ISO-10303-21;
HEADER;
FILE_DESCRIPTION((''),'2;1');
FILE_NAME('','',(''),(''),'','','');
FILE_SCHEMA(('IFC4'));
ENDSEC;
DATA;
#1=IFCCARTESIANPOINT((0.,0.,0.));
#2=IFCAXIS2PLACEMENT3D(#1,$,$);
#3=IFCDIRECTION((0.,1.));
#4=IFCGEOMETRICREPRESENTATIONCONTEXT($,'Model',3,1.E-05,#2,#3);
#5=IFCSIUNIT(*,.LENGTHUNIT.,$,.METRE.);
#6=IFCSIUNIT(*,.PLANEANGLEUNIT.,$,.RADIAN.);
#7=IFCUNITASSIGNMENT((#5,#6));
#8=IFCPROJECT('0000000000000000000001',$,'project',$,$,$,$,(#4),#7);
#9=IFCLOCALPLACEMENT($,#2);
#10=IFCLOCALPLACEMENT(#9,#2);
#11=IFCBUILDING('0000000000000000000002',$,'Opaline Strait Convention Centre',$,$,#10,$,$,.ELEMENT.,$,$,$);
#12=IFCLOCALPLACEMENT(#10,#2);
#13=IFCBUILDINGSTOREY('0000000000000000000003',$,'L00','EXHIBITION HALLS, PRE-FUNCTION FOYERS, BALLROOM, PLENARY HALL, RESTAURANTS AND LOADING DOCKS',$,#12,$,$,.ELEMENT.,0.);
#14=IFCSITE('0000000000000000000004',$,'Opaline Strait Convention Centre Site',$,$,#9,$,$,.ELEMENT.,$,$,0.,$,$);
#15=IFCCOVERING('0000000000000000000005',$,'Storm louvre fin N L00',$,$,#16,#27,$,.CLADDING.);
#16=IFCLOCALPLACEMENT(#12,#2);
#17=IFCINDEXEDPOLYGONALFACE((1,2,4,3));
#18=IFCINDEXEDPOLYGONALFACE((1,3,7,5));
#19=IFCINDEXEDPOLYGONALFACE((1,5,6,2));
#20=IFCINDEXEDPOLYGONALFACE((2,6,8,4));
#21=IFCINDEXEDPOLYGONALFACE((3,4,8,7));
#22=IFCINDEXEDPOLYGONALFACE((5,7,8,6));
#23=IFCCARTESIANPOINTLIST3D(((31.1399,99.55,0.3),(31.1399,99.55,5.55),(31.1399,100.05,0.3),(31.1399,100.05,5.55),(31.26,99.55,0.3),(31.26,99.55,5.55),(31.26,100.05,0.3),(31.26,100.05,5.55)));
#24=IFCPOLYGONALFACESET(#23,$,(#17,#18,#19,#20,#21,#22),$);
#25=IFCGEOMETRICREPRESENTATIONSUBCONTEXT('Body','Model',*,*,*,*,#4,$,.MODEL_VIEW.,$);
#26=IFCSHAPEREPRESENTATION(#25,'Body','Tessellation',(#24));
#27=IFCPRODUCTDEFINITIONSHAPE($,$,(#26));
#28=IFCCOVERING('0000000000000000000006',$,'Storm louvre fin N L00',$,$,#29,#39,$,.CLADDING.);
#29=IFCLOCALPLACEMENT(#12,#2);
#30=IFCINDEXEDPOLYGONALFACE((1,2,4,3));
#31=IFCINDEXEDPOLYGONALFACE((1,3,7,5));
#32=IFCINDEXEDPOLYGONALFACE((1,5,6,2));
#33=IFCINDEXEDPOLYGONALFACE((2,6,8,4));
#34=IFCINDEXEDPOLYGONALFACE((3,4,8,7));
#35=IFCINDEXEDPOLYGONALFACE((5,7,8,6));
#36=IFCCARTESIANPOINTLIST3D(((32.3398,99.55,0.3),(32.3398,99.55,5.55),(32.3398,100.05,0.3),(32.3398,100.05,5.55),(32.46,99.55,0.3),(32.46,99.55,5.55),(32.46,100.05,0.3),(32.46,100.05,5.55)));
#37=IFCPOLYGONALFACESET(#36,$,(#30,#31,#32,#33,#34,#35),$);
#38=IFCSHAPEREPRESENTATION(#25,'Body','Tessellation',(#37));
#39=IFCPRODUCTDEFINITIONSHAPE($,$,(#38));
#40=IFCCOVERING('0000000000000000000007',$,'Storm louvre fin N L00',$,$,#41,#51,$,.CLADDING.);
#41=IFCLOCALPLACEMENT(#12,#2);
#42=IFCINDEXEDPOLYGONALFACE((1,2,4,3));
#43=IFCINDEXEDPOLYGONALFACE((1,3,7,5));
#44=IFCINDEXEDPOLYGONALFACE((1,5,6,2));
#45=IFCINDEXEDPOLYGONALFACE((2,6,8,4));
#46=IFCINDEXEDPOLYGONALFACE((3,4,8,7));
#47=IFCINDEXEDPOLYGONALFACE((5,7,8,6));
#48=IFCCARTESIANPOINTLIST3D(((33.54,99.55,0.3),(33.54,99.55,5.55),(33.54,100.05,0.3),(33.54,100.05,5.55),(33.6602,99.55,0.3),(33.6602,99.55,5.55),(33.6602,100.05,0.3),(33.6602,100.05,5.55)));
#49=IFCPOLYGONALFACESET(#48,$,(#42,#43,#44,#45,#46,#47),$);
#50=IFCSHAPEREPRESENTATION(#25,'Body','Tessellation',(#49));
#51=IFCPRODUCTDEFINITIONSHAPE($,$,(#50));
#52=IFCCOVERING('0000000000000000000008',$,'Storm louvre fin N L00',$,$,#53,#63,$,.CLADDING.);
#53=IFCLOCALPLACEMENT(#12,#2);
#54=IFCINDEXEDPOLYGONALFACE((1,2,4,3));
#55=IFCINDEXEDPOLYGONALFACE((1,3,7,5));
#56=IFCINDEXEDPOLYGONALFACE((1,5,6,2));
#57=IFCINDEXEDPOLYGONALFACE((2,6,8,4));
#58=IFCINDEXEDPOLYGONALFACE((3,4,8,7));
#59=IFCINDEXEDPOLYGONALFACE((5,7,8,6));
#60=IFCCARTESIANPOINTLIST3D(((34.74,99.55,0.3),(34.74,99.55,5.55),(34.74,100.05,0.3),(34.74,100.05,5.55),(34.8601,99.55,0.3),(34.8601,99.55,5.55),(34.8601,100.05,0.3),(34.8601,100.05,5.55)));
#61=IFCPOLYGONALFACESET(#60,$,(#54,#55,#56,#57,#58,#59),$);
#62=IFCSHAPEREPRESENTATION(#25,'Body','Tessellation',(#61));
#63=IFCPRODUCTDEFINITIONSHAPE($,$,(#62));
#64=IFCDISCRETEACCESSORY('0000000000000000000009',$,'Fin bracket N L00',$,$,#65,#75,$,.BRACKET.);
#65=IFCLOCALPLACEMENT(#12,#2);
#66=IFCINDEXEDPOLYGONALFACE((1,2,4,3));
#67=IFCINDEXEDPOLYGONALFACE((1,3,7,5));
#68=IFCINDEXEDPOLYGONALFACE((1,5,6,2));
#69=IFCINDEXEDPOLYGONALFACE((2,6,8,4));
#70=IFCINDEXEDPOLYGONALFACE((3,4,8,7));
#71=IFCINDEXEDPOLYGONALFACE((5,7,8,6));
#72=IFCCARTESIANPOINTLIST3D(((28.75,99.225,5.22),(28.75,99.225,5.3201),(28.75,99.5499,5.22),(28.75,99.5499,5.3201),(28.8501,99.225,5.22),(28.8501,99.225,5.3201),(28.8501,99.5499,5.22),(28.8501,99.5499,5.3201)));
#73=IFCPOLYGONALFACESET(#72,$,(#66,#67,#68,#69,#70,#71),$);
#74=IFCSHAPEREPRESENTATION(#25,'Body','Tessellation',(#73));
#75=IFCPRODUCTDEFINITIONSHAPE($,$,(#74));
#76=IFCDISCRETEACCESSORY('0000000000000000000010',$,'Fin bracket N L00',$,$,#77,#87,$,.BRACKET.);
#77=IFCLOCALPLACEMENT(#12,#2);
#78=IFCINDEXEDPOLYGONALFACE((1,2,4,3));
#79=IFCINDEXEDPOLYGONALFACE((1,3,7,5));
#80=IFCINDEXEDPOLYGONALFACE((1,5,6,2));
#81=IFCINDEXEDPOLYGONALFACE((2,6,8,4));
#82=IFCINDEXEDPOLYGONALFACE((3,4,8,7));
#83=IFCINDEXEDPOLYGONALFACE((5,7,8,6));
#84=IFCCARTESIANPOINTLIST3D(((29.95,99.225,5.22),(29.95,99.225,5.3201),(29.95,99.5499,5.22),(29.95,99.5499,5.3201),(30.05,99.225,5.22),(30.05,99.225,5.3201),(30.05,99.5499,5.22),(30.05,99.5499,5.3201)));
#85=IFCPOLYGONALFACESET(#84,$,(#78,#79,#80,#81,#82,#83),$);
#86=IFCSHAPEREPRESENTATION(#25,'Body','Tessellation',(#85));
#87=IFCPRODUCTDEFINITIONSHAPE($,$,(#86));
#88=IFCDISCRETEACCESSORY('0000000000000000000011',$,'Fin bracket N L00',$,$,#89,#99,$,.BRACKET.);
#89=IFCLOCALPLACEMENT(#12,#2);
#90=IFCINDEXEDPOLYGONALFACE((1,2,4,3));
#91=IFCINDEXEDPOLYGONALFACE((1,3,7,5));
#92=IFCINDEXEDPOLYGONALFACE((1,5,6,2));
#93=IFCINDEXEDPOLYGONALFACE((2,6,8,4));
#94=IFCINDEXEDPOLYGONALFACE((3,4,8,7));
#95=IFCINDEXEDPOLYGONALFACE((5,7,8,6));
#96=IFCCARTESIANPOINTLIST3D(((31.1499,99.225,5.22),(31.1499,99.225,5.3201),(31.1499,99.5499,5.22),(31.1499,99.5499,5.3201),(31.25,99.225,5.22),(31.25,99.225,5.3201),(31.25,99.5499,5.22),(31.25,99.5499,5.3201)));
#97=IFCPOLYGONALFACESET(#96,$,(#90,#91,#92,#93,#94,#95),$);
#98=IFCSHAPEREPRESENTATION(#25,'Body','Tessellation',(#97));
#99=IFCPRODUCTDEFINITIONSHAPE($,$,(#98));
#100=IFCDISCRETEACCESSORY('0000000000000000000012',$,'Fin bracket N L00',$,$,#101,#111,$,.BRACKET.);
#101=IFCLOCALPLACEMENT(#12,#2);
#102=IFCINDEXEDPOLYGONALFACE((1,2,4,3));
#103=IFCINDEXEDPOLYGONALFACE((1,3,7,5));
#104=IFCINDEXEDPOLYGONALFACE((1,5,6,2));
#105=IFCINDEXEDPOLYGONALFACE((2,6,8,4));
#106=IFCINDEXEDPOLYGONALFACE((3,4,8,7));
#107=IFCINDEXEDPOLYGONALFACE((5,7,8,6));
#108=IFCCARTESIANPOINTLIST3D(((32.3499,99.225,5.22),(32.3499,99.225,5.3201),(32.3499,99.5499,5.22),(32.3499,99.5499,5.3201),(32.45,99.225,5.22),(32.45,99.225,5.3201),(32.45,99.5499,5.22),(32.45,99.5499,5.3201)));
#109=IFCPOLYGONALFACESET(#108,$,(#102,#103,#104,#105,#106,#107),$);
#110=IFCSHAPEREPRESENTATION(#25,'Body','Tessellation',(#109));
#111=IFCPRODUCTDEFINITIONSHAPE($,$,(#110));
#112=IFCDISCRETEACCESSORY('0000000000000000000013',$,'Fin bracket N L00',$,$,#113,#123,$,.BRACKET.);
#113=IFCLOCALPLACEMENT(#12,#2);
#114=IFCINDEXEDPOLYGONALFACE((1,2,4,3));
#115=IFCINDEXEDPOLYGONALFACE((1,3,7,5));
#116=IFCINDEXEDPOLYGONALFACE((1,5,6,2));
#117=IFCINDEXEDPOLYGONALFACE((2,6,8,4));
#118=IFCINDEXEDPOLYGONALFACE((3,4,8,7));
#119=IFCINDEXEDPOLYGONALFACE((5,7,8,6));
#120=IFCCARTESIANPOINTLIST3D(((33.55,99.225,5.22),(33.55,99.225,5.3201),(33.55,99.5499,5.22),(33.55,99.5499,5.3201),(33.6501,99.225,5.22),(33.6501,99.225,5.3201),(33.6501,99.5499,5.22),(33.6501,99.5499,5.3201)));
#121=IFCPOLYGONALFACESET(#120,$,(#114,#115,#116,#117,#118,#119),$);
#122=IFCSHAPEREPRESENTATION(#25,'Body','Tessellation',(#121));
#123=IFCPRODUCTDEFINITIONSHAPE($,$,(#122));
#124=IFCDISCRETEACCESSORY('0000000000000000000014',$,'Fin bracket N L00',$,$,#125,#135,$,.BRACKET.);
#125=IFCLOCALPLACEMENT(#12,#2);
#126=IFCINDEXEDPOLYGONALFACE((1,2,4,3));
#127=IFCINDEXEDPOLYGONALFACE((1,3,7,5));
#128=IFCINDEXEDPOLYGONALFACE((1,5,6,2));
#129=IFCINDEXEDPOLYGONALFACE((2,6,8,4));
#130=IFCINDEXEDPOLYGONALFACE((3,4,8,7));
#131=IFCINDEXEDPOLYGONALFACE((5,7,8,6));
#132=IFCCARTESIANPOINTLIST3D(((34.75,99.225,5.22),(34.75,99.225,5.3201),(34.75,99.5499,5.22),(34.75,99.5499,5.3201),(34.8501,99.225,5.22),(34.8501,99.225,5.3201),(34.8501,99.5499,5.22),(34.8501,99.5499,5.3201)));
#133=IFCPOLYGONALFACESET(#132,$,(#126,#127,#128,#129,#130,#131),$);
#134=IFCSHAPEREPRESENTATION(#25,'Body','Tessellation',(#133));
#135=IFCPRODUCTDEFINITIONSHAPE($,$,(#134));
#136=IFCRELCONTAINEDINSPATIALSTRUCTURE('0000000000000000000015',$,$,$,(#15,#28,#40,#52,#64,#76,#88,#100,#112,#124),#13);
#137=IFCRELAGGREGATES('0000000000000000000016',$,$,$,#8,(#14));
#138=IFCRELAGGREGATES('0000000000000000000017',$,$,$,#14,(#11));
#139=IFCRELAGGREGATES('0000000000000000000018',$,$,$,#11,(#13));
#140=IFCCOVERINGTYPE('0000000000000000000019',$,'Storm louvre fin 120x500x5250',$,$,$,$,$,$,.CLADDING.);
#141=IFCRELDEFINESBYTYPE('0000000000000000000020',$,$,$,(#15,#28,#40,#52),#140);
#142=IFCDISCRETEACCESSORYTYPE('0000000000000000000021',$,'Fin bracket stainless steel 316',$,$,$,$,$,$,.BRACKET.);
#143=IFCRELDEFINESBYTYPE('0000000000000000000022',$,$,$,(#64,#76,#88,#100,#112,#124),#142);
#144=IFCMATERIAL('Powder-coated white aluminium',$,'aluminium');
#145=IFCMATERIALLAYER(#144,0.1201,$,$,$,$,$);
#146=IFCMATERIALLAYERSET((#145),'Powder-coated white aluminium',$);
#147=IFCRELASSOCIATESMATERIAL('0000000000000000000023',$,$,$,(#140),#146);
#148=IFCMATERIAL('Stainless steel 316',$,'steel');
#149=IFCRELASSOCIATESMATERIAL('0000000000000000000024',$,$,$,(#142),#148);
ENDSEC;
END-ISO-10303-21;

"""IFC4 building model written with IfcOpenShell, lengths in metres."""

from ifc_helpers import new_model, si_unit, direction, frame, origin, origin_2d, place, context, subcontext, project, spatial, rectangle, extrude, material, layer, layer_set, type_object, element, save


model = new_model("IFC4")

# Units and contexts
model_context = context("Model", 3, precision=1e-05, world=origin(), true_north=direction((0.0, 1.0)))
body_context = subcontext(model_context, "Body", "Model", "MODEL_VIEW")
ifc_project = project(units=[si_unit("LENGTHUNIT", "METRE"), si_unit("PLANEANGLEUNIT", "RADIAN")], contexts=[model_context])

# Site, building, storey
site_placement = place(None, origin())
site = spatial("IfcSite", under=ifc_project, at=site_placement, Name="Opaline Strait Convention Centre Site", CompositionType="ELEMENT", RefElevation=0.0)
building_placement = place(site_placement, origin())
building = spatial("IfcBuilding", under=site, at=building_placement, Name="Opaline Strait Convention Centre", CompositionType="ELEMENT")
storey_placement = place(building_placement, origin())
storey = spatial("IfcBuildingStorey", under=building, at=storey_placement, Name="L00", Description="EXHIBITION HALLS, PRE-FUNCTION FOYERS, BALLROOM, PLENARY HALL, RESTAURANTS AND LOADING DOCKS", CompositionType="ELEMENT", Elevation=0.0)

# Coverings
ifc_material_1 = material(Name="Powder-coated white aluminium", Category="aluminium")
ifc_layer_1 = layer(ifc_material_1, 0.1201)
ifc_layer_set_1 = layer_set([ifc_layer_1], Name="Powder-coated white aluminium")
covering_type = type_object("IfcCoveringType", Name="Storm louvre fin 120x500x5250", PredefinedType="CLADDING", material=ifc_layer_set_1)
for number, where, z_axis, x_axis, name in (
    (1, (31.2, 99.8, 0.3), (0.0, 0.0, 1.0), (1.0, 0.0, 0.0), "Storm louvre fin N L00"),
    (2, (32.3999, 99.8, 0.3), (0.0, 0.0, 1.0), (1.0, 0.0, 0.0), "Storm louvre fin N L00"),
    (3, (33.6001, 99.8, 0.3), (0.0, 0.0, 1.0), (1.0, 0.0, 0.0), "Storm louvre fin N L00"),
    (4, (34.8, 99.8, 0.3), (0.0, 0.0, 1.0), (1.0, 0.0, 0.0), "Storm louvre fin N L00"),
):
    element("IfcCovering", number, at=place(storey_placement, frame(where, z_axis=z_axis, x_axis=x_axis)), inside=storey, type_object=covering_type, Name=name, PredefinedType="CLADDING", context=body_context, shape_type="SweptSolid", body=[
        extrude(rectangle(XDim=0.1201, YDim=0.5, at=origin_2d()), origin(), (0.0, 0.0, 1.0), 5.25),
    ])

# Discrete accessories
ifc_material_2 = material(Name="Stainless steel 316", Category="steel")
discrete_accessory_type = type_object("IfcDiscreteAccessoryType", Name="Fin bracket stainless steel 316", PredefinedType="BRACKET", material=ifc_material_2)
for number, where, z_axis, x_axis, name in (
    (5, (28.8, 99.3875, 5.22), (0.0, 0.0, 1.0), (1.0, 0.0, 0.0), "Fin bracket N L00"),
    (6, (30.0, 99.3875, 5.22), (0.0, 0.0, 1.0), (1.0, 0.0, 0.0), "Fin bracket N L00"),
    (7, (31.2, 99.3875, 5.22), (0.0, 0.0, 1.0), (1.0, 0.0, 0.0), "Fin bracket N L00"),
    (8, (32.3999, 99.3875, 5.22), (0.0, 0.0, 1.0), (1.0, 0.0, 0.0), "Fin bracket N L00"),
    (9, (33.6001, 99.3875, 5.22), (0.0, 0.0, 1.0), (1.0, 0.0, 0.0), "Fin bracket N L00"),
    (10, (34.8, 99.3875, 5.22), (0.0, 0.0, 1.0), (1.0, 0.0, 0.0), "Fin bracket N L00"),
):
    element("IfcDiscreteAccessory", number, at=place(storey_placement, frame(where, z_axis=z_axis, x_axis=x_axis)), inside=storey, type_object=discrete_accessory_type, Name=name, PredefinedType="BRACKET", context=body_context, shape_type="SweptSolid", body=[
        extrude(rectangle(XDim=0.1001, YDim=0.325, at=origin_2d()), origin(), (0.0, 0.0, 1.0), 0.1001),
    ])

save(model, "model.ifc")
